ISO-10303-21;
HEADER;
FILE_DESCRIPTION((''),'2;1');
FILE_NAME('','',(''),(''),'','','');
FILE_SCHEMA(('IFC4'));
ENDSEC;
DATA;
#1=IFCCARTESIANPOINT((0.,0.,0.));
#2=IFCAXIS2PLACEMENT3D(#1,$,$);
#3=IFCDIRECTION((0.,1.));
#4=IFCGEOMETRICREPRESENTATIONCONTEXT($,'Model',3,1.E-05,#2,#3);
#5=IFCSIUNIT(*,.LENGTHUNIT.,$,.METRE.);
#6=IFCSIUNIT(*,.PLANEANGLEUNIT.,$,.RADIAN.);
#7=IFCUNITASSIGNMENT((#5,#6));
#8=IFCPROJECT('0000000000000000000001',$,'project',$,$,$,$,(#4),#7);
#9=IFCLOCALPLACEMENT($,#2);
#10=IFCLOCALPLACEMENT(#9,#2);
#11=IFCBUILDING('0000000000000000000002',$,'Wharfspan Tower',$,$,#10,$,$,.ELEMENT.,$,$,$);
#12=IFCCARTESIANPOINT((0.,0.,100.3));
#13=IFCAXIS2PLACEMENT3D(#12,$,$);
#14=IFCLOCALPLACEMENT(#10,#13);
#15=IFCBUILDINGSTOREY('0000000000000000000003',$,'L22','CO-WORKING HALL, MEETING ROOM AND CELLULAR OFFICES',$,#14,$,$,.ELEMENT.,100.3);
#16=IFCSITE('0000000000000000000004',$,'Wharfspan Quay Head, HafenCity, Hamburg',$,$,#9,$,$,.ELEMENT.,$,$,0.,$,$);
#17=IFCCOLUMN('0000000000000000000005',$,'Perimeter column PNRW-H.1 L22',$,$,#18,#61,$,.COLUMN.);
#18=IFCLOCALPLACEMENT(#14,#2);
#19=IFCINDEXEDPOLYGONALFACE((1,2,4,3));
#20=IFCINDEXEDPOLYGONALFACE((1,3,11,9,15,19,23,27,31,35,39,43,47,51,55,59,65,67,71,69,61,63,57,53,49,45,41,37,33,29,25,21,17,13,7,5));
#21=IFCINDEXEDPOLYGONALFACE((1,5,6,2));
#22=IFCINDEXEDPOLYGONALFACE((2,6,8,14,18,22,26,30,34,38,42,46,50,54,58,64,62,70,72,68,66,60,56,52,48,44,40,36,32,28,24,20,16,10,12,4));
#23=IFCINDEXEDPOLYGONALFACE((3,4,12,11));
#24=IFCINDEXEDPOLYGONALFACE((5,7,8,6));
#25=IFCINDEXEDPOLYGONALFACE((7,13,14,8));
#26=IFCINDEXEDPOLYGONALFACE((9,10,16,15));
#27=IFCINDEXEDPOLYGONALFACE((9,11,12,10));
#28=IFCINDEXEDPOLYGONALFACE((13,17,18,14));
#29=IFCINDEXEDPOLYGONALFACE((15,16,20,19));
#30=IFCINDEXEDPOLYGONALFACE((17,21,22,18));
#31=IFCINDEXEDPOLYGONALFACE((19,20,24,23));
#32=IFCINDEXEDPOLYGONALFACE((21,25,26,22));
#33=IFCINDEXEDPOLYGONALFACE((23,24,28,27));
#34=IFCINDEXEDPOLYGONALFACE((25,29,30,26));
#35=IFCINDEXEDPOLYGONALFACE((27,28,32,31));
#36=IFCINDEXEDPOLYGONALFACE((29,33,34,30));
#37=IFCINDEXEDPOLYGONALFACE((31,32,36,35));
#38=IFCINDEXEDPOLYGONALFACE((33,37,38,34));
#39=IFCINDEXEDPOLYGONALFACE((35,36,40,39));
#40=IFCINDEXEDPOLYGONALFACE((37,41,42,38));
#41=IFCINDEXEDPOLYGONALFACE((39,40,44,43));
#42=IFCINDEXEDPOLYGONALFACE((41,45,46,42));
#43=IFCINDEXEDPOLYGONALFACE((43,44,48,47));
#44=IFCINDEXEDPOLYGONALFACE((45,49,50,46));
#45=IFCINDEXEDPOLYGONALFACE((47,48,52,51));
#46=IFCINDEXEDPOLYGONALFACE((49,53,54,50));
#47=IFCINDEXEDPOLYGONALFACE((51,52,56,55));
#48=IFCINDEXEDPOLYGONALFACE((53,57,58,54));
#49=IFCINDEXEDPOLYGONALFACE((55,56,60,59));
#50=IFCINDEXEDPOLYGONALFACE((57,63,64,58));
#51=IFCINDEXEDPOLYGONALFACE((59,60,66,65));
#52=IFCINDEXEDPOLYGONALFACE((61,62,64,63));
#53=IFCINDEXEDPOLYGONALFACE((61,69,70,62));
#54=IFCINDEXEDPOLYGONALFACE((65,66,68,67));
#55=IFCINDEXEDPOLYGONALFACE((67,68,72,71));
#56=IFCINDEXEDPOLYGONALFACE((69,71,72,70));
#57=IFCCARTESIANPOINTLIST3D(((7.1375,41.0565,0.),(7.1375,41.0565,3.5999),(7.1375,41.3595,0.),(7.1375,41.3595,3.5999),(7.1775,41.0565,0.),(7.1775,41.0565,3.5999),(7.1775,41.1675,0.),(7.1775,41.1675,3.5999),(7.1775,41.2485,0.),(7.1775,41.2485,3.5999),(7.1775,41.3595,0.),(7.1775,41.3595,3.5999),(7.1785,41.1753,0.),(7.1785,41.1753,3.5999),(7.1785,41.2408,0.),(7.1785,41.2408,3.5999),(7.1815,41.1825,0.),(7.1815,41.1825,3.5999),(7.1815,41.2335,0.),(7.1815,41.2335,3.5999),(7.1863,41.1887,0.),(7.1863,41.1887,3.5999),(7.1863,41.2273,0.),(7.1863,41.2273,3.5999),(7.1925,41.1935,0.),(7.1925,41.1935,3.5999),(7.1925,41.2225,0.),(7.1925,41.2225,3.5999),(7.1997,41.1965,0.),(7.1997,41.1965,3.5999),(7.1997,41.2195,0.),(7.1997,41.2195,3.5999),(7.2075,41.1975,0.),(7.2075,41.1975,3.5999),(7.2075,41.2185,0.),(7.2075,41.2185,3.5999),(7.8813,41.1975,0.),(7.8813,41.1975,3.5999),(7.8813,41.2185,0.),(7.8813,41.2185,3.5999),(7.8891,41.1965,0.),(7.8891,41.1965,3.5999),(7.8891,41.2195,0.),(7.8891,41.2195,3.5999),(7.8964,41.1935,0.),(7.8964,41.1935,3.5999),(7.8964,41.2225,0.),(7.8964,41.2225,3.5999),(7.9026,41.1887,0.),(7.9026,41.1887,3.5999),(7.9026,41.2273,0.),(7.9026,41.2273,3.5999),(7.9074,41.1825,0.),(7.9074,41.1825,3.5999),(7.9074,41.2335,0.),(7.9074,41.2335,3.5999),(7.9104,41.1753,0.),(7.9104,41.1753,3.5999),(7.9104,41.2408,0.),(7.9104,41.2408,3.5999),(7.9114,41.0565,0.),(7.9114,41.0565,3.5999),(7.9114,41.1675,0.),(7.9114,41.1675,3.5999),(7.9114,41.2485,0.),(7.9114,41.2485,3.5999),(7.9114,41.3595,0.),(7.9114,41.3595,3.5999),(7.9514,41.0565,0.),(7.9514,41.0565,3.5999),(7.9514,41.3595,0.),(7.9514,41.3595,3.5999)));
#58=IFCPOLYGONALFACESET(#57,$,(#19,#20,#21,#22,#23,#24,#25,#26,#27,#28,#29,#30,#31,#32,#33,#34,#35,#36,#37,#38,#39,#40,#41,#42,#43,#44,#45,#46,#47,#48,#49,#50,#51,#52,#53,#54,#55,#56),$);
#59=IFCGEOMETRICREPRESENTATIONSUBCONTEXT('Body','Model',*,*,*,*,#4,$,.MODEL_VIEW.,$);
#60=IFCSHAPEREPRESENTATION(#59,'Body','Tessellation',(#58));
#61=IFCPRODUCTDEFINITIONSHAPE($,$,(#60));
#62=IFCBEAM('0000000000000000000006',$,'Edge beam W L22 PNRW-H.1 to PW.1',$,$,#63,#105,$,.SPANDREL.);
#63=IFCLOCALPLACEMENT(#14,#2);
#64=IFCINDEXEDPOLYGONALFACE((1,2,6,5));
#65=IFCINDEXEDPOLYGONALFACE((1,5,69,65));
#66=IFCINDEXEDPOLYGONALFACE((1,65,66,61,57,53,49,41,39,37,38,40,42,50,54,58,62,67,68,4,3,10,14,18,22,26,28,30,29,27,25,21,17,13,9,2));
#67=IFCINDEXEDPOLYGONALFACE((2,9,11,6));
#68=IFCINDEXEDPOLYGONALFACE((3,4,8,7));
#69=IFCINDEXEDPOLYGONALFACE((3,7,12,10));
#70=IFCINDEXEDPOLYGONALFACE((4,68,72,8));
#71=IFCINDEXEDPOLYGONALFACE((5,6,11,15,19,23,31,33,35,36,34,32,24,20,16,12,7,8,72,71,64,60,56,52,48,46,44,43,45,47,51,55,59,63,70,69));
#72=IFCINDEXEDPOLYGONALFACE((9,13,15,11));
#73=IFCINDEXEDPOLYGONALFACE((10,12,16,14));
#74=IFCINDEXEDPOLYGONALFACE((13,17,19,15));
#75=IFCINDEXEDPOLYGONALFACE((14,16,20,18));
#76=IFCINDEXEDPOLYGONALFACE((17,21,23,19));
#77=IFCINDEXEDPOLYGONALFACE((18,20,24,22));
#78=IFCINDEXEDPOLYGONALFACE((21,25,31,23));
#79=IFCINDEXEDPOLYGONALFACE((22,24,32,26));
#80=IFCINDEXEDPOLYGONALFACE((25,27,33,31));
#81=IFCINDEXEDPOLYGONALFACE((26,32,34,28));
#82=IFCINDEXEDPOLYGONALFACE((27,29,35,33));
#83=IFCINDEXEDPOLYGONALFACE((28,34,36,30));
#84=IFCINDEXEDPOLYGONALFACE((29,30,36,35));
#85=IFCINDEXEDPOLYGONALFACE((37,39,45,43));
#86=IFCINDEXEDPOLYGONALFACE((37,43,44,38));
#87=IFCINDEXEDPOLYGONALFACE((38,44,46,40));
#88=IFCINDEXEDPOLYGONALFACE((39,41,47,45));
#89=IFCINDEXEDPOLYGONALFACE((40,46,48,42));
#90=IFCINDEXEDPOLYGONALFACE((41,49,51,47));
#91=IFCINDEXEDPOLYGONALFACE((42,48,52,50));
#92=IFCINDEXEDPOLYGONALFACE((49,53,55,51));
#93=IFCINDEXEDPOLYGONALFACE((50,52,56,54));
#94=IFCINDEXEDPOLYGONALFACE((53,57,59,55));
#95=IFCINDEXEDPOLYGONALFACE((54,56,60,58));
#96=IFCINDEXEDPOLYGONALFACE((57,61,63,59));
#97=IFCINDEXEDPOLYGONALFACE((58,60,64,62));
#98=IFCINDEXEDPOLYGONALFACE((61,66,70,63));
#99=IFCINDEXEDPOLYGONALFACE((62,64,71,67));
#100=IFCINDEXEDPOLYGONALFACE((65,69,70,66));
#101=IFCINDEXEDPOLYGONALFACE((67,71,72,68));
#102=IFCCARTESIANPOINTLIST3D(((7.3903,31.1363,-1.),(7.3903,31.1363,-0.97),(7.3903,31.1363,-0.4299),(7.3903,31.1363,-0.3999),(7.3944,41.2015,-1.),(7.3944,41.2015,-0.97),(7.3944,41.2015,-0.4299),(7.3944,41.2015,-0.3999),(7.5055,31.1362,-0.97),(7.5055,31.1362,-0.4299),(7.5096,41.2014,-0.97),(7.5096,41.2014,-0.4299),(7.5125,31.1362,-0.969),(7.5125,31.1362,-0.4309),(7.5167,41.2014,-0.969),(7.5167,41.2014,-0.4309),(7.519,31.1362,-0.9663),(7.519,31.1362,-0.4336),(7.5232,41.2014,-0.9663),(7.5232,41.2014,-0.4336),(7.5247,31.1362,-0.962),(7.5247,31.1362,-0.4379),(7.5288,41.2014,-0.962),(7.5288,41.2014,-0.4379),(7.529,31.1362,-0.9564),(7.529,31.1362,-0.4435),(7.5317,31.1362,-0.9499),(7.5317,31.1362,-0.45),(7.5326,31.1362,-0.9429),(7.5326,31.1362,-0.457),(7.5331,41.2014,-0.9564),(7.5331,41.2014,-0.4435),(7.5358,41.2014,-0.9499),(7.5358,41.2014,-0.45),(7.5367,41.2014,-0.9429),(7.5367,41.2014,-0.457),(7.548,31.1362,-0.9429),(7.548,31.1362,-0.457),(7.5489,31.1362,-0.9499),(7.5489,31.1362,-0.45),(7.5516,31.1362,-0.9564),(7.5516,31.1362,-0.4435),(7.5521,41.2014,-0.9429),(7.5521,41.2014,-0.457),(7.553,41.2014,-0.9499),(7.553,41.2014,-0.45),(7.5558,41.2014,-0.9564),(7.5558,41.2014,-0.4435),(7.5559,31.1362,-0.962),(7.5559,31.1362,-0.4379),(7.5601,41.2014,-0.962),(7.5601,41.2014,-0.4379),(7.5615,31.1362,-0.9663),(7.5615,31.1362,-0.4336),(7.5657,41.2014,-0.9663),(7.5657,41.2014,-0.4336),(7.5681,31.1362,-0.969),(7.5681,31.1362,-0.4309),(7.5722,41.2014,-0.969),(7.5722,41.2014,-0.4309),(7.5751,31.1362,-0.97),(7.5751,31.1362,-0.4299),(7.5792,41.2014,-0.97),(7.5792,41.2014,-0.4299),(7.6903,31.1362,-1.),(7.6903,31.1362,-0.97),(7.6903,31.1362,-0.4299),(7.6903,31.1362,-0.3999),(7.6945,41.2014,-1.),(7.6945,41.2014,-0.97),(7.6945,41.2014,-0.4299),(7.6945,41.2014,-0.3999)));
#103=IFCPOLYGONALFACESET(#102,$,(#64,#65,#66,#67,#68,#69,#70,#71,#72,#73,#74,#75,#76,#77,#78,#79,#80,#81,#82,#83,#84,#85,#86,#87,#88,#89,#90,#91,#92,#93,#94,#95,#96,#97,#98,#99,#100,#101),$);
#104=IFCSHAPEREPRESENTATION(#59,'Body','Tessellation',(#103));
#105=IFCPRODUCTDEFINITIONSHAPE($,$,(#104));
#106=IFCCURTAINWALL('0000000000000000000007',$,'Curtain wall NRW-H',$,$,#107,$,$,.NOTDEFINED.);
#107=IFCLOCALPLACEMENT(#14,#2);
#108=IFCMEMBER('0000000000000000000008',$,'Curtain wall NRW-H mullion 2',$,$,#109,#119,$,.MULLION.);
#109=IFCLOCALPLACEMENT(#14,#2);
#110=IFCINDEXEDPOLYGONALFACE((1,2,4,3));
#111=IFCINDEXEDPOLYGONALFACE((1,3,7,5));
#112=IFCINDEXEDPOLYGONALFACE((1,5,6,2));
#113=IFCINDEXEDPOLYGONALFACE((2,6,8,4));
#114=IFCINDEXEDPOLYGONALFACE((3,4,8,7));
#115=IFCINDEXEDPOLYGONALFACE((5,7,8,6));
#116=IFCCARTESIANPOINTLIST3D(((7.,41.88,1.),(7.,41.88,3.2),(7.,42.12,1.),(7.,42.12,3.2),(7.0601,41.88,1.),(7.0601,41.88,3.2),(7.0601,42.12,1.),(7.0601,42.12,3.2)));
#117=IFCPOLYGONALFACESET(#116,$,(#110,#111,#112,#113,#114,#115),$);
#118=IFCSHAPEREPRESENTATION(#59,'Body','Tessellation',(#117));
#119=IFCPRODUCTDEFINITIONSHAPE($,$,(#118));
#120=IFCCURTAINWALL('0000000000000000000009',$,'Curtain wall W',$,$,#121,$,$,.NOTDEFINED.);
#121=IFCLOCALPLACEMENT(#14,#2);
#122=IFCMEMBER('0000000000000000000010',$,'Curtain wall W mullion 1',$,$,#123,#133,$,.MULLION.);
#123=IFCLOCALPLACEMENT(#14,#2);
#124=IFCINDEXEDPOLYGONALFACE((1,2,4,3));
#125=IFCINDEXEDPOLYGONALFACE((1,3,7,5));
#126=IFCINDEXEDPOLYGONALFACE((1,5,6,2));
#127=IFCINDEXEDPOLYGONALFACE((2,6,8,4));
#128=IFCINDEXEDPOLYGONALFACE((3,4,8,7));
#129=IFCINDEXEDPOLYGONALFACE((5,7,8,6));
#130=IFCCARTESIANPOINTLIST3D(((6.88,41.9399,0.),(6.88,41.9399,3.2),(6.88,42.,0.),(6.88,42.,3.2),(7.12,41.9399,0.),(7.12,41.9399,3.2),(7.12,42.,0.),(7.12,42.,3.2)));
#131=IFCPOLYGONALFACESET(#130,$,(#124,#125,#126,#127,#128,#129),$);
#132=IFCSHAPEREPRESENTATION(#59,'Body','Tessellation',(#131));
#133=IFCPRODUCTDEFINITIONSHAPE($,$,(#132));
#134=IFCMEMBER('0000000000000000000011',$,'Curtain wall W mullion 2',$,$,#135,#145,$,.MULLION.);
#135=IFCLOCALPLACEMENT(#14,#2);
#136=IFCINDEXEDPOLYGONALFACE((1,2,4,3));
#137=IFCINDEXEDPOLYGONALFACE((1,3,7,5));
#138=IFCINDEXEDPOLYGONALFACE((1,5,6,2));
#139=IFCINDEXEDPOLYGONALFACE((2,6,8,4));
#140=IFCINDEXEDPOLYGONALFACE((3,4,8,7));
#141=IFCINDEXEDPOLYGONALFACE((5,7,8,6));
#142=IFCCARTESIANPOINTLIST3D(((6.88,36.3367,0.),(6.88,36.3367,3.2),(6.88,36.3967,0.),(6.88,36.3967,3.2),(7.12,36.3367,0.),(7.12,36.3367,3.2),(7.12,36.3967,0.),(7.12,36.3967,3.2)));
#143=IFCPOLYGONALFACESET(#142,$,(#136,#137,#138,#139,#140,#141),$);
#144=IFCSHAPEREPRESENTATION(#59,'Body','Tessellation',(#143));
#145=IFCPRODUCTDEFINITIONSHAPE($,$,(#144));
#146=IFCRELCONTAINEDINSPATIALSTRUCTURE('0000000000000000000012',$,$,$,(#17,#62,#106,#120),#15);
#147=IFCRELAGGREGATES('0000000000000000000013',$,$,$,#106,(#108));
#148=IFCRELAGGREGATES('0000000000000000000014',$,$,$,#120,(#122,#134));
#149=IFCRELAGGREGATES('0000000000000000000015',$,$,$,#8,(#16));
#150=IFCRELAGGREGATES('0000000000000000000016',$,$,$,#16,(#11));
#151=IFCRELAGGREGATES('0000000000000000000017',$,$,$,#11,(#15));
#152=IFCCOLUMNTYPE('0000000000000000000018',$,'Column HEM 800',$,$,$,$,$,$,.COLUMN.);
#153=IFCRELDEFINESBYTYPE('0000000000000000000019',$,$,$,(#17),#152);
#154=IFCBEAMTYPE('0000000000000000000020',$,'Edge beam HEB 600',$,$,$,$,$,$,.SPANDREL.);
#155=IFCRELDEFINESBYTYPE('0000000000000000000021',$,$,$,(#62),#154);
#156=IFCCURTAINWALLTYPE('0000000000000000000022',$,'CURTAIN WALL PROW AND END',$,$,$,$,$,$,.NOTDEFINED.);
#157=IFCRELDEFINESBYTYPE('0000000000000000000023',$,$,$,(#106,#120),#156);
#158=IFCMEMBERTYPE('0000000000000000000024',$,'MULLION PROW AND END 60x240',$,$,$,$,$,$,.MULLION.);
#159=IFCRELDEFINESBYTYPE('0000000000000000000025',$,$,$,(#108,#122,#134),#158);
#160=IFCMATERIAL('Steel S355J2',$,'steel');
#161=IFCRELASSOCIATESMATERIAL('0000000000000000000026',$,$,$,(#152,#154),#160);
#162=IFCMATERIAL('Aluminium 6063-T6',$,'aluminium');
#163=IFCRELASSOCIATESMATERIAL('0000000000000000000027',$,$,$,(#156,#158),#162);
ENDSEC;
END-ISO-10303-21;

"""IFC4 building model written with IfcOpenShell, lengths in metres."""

from ifc_helpers import new_model, si_unit, direction, frame, origin, origin_2d, place, context, subcontext, project, spatial, rectangle, i_section, extrude, material, material_profile, profile_set, type_object, element, aggregate, save


model = new_model("IFC4")

# Units and contexts
model_context = context("Model", 3, precision=1e-05, world=origin(), true_north=direction((0.0, 1.0)))
body_context = subcontext(model_context, "Body", "Model", "MODEL_VIEW")
ifc_project = project(units=[si_unit("LENGTHUNIT", "METRE"), si_unit("PLANEANGLEUNIT", "RADIAN")], contexts=[model_context])

# Site, building, storey
site_placement = place(None, origin())
site = spatial("IfcSite", under=ifc_project, at=site_placement, Name="Wharfspan Quay Head, HafenCity, Hamburg", CompositionType="ELEMENT", RefElevation=0.0)
building_placement = place(site_placement, origin())
building = spatial("IfcBuilding", under=site, at=building_placement, Name="Wharfspan Tower", CompositionType="ELEMENT")
storey_placement = place(building_placement, frame((0.0, 0.0, 100.3)))
storey = spatial("IfcBuildingStorey", under=building, at=storey_placement, Name="L22", Description="CO-WORKING HALL, MEETING ROOM AND CELLULAR OFFICES", CompositionType="ELEMENT", Elevation=100.3)

# Column
ifc_material_1 = material(Name="Steel S355J2", Category="steel")
ifc_material_profile_1 = material_profile(ifc_material_1, i_section(OverallWidth=0.303, OverallDepth=0.814, WebThickness=0.021, FlangeThickness=0.04, FilletRadius=0.03, at=origin_2d()))
ifc_profile_set_1 = profile_set([ifc_material_profile_1], Name="Steel S355J2")
column_type = type_object("IfcColumnType", Name="Column HEM 800", PredefinedType="COLUMN", material=ifc_profile_set_1)
column_placement = place(storey_placement, frame((7.5444, 41.208, 0.0), z_axis=(0.0, 0.0, 1.0), x_axis=(0.0, 1.0, 0.0)))
element("IfcColumn", 1, at=column_placement, inside=storey, type_object=column_type, Name="Perimeter column PNRW-H.1 L22", PredefinedType="COLUMN", context=body_context, shape_type="SweptSolid", body=[
    extrude(i_section(OverallWidth=0.303, OverallDepth=0.814, WebThickness=0.021, FlangeThickness=0.04, FilletRadius=0.03, at=origin_2d()), origin(), (0.0, 0.0, 1.0), 3.5999),
])

# Beam
ifc_material_profile_2 = material_profile(ifc_material_1, i_section(OverallWidth=0.3, OverallDepth=0.6001, WebThickness=0.0154, FlangeThickness=0.03, FilletRadius=0.0271, at=origin_2d()))
ifc_profile_set_2 = profile_set([ifc_material_profile_2], Name="Steel S355J2")
beam_type = type_object("IfcBeamType", Name="Edge beam HEB 600", PredefinedType="SPANDREL", material=ifc_profile_set_2)
beam_placement = place(storey_placement, frame((7.5444, 41.2014, -0.7), z_axis=(-0.000412, -1.0, 0.0), x_axis=(1.0, -0.000412, 0.0)))
element("IfcBeam", 2, at=beam_placement, inside=storey, type_object=beam_type, Name="Edge beam W L22 PNRW-H.1 to PW.1", PredefinedType="SPANDREL", context=body_context, shape_type="SweptSolid", body=[
    extrude(i_section(OverallWidth=0.3, OverallDepth=0.6001, WebThickness=0.0154, FlangeThickness=0.03, FilletRadius=0.0271, at=origin_2d()), origin(), (0.0, 0.0, 1.0), 10.0652),
])

# Curtain wall, member
ifc_material_2 = material(Name="Aluminium 6063-T6", Category="aluminium")
curtain_wall_type = type_object("IfcCurtainWallType", Name="CURTAIN WALL PROW AND END", PredefinedType="NOTDEFINED", material=ifc_material_2)
curtain_wall_1_placement = place(storey_placement, origin())
curtain_wall_1 = element("IfcCurtainWall", 3, at=curtain_wall_1_placement, inside=storey, type_object=curtain_wall_type, Name="Curtain wall NRW-H", PredefinedType="NOTDEFINED")
ifc_material_profile_3 = material_profile(ifc_material_2, rectangle(XDim=0.24, YDim=0.0601, at=origin_2d()))
ifc_profile_set_3 = profile_set([ifc_material_profile_3], Name="Aluminium 6063-T6")
member_type_1 = type_object("IfcMemberType", Name="MULLION PROW AND END 60x240", PredefinedType="MULLION", material=ifc_profile_set_3)
member_1_placement = place(storey_placement, frame((7.03, 42.0, 1.0), z_axis=(0.0, 0.0, 1.0), x_axis=(0.0, -1.0, 0.0)))
member_1 = element("IfcMember", 4, at=member_1_placement, type_object=member_type_1, Name="Curtain wall NRW-H mullion 2", PredefinedType="MULLION", context=body_context, shape_type="SweptSolid", body=[
    extrude(rectangle(XDim=0.24, YDim=0.0601, at=origin_2d()), origin(), (0.0, 0.0, 1.0), 2.2),
])

# Curtain wall, members
curtain_wall_2_placement = place(storey_placement, origin())
curtain_wall_2 = element("IfcCurtainWall", 5, at=curtain_wall_2_placement, inside=storey, type_object=curtain_wall_type, Name="Curtain wall W", PredefinedType="NOTDEFINED")
member_2_placement = place(storey_placement, frame((7.0, 41.97, 0.0), z_axis=(0.0, 0.0, 1.0), x_axis=(1.0, 0.0, 0.0)))
member_2 = element("IfcMember", 6, at=member_2_placement, type_object=member_type_1, Name="Curtain wall W mullion 1", PredefinedType="MULLION", context=body_context, shape_type="SweptSolid", body=[
    extrude(rectangle(XDim=0.24, YDim=0.0601, at=origin_2d()), origin(), (0.0, 0.0, 1.0), 3.2),
])
member_3_placement = place(storey_placement, frame((7.0, 36.3667, 0.0), z_axis=(0.0, 0.0, 1.0), x_axis=(1.0, 0.0, 0.0)))
member_3 = element("IfcMember", 7, at=member_3_placement, type_object=member_type_1, Name="Curtain wall W mullion 2", PredefinedType="MULLION", context=body_context, shape_type="SweptSolid", body=[
    extrude(rectangle(XDim=0.24, YDim=0.0601, at=origin_2d()), origin(), (0.0, 0.0, 1.0), 3.2),
])

aggregate(curtain_wall_1, [member_1])
aggregate(curtain_wall_2, [member_2, member_3])

save(model, "model.ifc")
